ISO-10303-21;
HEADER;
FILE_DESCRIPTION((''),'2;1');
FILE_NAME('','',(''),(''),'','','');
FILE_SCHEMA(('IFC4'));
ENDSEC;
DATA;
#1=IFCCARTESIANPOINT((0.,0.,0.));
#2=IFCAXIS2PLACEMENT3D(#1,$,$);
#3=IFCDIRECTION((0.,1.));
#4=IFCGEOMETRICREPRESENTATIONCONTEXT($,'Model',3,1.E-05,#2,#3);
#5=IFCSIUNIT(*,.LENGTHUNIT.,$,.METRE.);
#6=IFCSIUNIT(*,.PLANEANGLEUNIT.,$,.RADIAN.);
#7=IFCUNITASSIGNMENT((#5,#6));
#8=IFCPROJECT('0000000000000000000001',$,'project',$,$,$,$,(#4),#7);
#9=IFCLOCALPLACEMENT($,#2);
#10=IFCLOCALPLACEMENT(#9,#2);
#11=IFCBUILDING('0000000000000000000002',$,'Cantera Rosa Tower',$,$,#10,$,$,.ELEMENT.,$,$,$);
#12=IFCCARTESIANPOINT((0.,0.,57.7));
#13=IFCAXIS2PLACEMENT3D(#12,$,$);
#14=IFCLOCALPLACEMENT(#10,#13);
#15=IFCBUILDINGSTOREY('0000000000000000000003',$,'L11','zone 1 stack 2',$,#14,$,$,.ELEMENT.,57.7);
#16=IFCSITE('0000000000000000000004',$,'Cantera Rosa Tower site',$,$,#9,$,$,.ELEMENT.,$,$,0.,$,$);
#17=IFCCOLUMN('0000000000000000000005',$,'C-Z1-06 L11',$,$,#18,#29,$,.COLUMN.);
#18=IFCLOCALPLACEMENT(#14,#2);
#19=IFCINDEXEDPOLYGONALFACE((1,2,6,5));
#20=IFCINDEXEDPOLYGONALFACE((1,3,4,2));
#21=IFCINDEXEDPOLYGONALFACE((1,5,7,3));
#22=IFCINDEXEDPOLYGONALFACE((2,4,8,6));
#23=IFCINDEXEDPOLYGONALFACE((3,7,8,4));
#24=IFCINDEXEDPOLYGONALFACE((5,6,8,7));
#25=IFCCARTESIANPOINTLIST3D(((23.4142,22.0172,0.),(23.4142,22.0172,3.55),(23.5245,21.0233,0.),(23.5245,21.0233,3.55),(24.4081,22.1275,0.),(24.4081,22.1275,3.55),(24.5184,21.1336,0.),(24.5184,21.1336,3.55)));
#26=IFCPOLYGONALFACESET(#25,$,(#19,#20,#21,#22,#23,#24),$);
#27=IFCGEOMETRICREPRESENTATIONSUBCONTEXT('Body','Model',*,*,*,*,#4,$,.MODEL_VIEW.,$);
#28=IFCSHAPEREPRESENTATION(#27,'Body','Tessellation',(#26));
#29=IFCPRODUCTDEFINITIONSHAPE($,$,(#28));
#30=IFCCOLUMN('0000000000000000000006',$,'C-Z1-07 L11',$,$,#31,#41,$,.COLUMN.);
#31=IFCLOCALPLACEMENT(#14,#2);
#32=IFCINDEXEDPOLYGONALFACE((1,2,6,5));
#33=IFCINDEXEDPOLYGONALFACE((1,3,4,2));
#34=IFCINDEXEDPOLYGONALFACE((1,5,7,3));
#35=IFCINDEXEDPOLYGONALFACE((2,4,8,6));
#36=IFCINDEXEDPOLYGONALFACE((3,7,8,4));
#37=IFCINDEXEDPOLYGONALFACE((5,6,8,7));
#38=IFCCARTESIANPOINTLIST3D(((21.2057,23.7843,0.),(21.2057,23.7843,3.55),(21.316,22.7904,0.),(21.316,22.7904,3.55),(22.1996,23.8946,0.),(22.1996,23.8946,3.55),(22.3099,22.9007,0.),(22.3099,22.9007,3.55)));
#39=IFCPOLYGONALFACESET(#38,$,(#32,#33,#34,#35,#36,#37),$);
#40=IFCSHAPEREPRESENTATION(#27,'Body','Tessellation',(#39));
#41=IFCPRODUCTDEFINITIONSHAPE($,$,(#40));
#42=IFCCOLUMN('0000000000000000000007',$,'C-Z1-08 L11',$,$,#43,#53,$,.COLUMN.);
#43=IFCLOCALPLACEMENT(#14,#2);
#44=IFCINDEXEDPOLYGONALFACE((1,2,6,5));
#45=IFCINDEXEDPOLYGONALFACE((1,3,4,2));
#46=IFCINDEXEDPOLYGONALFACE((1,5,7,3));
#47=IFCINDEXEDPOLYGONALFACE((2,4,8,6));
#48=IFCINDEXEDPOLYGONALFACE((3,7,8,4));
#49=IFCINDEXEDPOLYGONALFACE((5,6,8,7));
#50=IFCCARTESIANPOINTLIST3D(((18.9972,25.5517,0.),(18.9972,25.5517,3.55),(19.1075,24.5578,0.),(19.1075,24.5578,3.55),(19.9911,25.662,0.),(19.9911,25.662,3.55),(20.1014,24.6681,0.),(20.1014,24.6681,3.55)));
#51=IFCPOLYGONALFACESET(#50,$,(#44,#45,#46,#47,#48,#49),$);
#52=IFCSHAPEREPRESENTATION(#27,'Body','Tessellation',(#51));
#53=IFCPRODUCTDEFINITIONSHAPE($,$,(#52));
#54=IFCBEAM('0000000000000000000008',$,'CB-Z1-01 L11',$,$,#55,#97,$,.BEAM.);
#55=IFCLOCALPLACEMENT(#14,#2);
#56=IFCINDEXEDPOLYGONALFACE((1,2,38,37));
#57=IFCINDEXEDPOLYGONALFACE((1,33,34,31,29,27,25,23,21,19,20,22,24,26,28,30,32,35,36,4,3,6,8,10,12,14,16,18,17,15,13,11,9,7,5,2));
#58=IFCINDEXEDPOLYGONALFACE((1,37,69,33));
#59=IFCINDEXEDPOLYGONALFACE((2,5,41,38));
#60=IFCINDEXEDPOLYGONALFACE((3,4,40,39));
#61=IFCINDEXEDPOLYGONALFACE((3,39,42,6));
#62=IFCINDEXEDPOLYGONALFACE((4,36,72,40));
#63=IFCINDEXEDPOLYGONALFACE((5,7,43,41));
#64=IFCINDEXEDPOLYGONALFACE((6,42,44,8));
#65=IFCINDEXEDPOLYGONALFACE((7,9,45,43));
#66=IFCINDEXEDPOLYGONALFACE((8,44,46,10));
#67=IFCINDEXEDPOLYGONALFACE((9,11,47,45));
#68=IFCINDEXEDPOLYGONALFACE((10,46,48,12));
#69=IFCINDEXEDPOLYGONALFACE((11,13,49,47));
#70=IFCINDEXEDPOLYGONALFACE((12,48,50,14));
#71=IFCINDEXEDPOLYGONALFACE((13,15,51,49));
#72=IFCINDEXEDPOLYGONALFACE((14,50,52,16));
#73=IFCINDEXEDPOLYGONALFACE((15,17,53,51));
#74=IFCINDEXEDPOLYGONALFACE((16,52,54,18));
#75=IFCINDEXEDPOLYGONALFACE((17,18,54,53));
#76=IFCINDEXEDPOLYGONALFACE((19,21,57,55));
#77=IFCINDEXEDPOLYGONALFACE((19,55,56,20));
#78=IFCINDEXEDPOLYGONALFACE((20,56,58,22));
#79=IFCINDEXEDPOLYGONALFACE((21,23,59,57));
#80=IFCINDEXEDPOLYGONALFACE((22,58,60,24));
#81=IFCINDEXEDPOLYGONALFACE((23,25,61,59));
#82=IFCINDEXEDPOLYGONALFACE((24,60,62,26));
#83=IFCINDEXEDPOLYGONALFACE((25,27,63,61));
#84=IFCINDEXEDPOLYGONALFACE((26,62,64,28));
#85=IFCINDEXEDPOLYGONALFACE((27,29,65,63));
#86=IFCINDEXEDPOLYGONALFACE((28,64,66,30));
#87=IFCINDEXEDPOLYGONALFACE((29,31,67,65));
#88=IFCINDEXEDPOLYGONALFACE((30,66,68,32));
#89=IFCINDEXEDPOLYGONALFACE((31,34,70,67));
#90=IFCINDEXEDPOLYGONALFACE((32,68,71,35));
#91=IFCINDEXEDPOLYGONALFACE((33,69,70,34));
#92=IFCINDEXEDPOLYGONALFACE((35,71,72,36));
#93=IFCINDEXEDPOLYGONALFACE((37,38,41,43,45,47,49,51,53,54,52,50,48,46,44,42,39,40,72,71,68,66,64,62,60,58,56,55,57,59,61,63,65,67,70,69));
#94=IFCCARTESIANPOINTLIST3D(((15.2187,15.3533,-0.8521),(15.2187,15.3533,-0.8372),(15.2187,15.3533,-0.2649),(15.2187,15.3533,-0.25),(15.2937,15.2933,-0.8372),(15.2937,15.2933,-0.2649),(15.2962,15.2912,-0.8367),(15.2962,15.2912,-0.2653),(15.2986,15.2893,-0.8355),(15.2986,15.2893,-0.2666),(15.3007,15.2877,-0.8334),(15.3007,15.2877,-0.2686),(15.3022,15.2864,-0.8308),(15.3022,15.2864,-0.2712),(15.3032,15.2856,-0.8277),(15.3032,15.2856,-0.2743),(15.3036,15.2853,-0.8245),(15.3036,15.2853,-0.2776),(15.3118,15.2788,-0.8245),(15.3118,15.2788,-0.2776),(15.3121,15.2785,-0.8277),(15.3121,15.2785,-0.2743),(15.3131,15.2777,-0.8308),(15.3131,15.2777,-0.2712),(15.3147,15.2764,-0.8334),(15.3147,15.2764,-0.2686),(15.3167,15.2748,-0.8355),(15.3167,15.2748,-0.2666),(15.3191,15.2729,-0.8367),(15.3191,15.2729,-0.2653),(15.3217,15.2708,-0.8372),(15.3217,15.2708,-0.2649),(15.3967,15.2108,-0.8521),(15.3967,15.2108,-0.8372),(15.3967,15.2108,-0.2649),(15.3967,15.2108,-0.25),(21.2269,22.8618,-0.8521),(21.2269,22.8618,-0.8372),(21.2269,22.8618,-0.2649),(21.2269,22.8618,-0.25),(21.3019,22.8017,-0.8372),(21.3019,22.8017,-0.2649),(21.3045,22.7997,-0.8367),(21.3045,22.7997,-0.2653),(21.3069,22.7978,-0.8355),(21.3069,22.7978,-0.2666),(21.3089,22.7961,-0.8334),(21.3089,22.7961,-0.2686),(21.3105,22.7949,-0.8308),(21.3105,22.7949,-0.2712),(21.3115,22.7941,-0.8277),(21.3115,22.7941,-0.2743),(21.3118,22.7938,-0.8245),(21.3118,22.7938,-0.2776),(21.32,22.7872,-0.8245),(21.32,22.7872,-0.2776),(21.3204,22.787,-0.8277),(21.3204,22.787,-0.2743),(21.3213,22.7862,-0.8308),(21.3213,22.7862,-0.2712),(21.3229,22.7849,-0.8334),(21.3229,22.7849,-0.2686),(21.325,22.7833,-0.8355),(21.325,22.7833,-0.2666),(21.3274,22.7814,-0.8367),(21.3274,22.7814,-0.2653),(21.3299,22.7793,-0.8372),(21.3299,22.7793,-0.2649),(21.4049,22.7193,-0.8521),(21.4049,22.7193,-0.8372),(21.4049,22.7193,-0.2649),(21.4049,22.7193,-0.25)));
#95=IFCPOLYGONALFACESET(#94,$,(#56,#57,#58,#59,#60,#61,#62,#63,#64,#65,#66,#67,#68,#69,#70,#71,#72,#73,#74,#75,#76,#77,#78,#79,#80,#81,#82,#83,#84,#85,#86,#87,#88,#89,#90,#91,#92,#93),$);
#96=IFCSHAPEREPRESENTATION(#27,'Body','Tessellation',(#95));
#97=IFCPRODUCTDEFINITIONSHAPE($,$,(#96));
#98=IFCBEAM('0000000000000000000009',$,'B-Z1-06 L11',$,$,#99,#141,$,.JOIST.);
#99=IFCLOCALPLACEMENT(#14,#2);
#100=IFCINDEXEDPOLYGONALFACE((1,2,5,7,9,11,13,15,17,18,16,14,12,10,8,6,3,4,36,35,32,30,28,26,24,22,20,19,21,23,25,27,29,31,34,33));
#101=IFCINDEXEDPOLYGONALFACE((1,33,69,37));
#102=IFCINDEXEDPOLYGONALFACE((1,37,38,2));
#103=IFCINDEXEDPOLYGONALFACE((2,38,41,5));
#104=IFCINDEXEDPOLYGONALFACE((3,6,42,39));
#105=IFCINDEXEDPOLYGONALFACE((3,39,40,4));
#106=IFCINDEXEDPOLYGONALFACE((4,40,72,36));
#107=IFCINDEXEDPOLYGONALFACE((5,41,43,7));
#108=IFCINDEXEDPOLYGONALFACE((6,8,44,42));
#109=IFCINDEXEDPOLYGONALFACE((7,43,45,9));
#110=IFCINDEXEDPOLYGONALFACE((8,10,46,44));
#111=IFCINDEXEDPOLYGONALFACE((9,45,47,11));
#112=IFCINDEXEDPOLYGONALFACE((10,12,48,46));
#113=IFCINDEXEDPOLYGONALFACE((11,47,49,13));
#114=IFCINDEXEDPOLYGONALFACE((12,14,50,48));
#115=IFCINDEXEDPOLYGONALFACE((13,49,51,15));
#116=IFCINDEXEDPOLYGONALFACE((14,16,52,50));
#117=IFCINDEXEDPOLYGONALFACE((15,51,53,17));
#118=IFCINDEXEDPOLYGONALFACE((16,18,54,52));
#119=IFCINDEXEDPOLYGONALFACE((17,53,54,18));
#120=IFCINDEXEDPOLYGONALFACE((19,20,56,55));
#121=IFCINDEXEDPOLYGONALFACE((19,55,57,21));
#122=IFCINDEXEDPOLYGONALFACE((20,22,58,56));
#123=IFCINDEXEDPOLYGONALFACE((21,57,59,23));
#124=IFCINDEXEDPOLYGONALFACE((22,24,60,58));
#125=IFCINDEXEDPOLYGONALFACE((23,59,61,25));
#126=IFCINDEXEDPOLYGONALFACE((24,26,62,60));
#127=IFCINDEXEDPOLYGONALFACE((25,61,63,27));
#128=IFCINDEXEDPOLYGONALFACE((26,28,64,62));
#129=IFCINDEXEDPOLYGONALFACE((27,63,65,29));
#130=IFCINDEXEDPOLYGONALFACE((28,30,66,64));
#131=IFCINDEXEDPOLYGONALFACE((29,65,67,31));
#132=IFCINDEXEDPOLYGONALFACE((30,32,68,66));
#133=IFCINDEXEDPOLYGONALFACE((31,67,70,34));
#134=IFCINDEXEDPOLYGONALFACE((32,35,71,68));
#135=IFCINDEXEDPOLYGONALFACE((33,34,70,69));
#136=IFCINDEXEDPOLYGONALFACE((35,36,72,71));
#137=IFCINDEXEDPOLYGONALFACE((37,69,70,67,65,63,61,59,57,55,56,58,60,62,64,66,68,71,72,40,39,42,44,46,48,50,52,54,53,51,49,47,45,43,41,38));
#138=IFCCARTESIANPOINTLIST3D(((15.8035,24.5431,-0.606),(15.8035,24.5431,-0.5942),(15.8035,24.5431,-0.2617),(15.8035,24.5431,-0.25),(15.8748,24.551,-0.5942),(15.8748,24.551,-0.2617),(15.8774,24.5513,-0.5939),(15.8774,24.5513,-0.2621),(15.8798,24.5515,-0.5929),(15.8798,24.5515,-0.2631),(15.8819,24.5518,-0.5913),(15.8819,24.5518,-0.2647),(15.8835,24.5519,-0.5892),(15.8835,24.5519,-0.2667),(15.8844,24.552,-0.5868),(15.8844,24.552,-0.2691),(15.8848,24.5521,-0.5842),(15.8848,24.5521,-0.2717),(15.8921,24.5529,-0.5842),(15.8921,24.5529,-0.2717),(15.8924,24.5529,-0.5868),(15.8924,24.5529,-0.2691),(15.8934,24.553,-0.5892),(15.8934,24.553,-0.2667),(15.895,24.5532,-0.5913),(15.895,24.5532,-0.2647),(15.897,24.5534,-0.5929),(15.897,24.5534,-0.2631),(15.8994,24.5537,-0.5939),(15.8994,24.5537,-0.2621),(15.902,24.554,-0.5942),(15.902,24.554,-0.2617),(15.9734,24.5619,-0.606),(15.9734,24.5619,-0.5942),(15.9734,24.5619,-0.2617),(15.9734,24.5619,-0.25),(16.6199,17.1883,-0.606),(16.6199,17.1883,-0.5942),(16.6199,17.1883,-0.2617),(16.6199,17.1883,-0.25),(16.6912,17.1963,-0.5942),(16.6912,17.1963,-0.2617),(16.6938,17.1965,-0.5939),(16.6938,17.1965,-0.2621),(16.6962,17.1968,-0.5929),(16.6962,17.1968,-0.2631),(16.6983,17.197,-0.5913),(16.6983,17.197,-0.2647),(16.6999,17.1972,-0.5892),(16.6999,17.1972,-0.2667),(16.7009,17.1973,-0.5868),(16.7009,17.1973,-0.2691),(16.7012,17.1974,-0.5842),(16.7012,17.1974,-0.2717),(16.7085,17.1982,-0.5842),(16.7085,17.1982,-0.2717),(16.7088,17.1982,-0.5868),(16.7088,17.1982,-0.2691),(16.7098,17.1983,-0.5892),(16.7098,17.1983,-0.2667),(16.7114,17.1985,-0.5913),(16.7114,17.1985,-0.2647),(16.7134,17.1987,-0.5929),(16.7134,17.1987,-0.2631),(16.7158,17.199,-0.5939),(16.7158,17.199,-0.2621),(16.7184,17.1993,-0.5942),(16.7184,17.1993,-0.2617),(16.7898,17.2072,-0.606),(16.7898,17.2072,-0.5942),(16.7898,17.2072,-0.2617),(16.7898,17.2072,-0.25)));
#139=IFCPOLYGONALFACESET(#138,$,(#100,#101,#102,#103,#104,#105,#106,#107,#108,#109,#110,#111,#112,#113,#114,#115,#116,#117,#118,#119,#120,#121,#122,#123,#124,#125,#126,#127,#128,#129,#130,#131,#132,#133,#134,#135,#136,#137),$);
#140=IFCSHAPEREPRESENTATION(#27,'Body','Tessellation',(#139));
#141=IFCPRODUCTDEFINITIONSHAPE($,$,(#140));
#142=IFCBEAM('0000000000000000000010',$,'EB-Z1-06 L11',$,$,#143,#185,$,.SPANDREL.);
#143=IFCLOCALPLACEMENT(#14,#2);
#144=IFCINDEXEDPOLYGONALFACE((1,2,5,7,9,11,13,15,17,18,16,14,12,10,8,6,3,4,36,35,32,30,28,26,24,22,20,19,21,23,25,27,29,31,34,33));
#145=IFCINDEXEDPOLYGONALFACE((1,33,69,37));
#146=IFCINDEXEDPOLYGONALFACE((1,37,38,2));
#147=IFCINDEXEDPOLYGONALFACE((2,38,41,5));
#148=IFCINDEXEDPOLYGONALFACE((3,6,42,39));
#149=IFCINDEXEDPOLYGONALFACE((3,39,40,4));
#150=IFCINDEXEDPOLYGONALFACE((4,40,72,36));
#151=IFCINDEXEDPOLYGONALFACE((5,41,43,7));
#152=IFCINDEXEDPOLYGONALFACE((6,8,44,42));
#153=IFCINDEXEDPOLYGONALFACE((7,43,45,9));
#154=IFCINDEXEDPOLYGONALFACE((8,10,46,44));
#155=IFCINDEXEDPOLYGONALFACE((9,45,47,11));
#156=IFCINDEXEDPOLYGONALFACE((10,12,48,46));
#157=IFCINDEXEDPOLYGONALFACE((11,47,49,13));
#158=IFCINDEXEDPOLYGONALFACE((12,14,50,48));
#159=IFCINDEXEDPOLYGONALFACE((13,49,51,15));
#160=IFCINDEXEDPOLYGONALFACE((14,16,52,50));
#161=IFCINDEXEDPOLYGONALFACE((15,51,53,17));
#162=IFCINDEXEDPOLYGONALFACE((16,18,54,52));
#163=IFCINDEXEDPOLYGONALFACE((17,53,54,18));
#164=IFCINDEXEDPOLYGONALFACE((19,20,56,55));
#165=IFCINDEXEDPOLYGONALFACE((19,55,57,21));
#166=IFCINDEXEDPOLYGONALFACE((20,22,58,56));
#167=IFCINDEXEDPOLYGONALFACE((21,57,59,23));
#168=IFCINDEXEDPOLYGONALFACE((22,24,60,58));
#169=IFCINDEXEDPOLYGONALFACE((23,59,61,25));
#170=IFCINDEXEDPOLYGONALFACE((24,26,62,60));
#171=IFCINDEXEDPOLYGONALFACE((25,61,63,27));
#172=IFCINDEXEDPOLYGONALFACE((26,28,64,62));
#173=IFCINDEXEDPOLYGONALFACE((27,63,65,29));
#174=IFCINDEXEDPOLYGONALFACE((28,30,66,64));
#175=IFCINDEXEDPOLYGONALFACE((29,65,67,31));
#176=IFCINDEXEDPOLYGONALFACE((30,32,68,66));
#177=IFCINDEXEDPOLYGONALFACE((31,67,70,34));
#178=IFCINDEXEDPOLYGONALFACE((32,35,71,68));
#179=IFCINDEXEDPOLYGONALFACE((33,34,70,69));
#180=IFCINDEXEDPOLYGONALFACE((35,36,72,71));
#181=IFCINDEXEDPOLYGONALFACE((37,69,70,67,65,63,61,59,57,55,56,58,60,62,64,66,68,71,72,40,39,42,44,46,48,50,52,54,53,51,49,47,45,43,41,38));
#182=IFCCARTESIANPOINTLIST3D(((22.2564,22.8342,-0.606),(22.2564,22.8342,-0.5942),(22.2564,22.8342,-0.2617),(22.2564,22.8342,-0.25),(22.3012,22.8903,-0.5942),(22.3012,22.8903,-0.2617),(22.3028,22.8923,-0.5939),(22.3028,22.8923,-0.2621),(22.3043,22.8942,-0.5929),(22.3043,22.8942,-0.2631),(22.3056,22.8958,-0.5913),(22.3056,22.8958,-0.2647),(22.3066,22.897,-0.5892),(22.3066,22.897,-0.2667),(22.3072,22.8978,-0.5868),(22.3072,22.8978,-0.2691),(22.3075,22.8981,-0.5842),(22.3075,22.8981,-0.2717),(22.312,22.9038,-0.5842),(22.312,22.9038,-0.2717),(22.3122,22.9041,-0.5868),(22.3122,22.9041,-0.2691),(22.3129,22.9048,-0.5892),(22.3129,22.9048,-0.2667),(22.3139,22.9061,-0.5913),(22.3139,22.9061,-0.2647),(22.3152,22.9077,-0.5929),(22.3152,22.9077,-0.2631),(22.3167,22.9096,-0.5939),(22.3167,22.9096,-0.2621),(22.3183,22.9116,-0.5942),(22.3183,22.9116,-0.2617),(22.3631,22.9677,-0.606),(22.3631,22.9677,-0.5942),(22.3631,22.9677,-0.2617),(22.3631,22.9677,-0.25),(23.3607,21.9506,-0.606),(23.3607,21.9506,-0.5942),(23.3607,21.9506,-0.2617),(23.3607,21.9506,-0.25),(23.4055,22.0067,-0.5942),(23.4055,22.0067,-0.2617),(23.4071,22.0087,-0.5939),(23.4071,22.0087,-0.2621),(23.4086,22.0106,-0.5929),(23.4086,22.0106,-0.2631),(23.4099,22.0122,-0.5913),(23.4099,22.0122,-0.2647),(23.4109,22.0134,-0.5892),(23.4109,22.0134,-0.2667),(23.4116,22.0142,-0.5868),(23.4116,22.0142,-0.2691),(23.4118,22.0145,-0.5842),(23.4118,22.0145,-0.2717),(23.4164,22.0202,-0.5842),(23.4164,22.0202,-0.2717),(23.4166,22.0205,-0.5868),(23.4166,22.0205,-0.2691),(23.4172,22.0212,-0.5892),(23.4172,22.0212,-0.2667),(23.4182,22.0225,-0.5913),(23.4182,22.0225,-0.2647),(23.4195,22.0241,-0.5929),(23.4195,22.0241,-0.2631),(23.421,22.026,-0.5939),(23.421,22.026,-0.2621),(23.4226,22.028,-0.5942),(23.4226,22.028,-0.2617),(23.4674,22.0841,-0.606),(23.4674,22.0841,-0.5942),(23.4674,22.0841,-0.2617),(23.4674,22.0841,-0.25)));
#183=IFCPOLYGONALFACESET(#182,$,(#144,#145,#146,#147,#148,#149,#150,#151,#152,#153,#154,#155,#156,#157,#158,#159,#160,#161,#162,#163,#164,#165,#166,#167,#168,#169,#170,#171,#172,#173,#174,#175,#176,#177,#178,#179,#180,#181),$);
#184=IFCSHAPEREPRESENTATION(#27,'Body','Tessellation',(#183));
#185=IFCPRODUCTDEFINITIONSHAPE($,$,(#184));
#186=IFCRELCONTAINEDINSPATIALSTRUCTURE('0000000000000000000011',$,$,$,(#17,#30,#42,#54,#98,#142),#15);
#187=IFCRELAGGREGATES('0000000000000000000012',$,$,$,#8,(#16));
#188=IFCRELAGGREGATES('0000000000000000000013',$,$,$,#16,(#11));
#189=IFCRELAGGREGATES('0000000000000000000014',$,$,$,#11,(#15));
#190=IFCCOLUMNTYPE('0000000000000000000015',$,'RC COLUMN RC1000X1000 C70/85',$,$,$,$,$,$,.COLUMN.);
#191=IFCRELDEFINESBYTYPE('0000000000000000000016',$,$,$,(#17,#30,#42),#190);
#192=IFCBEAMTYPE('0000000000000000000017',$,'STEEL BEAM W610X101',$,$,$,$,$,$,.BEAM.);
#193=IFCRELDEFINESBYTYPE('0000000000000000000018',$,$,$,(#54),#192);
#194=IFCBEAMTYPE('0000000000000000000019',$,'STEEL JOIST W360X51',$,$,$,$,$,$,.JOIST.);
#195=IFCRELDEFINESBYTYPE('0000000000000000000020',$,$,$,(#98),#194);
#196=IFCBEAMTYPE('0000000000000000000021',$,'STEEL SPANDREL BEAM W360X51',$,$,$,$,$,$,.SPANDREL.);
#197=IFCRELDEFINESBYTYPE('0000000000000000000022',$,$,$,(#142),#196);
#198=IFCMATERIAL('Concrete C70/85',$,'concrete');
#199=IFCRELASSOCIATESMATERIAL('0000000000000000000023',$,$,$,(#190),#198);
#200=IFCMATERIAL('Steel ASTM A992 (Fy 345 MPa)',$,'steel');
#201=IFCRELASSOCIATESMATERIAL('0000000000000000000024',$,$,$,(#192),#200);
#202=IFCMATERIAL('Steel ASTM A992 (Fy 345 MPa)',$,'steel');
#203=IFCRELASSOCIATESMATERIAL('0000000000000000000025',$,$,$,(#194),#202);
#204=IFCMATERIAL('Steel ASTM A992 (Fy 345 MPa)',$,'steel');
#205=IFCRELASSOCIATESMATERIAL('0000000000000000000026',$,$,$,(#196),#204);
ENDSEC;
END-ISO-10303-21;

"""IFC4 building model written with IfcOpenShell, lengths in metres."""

from ifc_helpers import new_model, si_unit, direction, frame, origin, origin_2d, place, context, subcontext, project, spatial, rectangle, i_section, extrude, material, material_profile, profile_set, type_object, element, save


model = new_model("IFC4")

# Units and contexts
model_context = context("Model", 3, precision=1e-05, world=origin(), true_north=direction((0.0, 1.0)))
body_context = subcontext(model_context, "Body", "Model", "MODEL_VIEW")
ifc_project = project(units=[si_unit("LENGTHUNIT", "METRE"), si_unit("PLANEANGLEUNIT", "RADIAN")], contexts=[model_context])

# Site, building, storey
site_placement = place(None, origin())
site = spatial("IfcSite", under=ifc_project, at=site_placement, Name="Cantera Rosa Tower site", CompositionType="ELEMENT", RefElevation=0.0)
building_placement = place(site_placement, origin())
building = spatial("IfcBuilding", under=site, at=building_placement, Name="Cantera Rosa Tower", CompositionType="ELEMENT")
storey_placement = place(building_placement, frame((0.0, 0.0, 57.7)))
storey = spatial("IfcBuildingStorey", under=building, at=storey_placement, Name="L11", Description="zone 1 stack 2", CompositionType="ELEMENT", Elevation=57.7)

# Columns
ifc_material_1 = material(Name="Concrete C70/85", Category="concrete")
ifc_material_profile_1 = material_profile(ifc_material_1, rectangle(XDim=1.0, YDim=1.0, at=origin_2d()), Name="RC COLUMN RC1000X1000 C70/85")
ifc_profile_set_1 = profile_set([ifc_material_profile_1], Name="Concrete C70/85")
column_type = type_object("IfcColumnType", Name="RC COLUMN RC1000X1000 C70/85", PredefinedType="COLUMN", material=ifc_profile_set_1)
for number, where, z_axis, x_axis, name in (
    (1, (23.9663, 21.5754, 0.0), (0.0, 0.0, 1.0), (0.993897, 0.110313, 0.0), "C-Z1-06 L11"),
    (2, (21.7578, 23.3425, 0.0), (0.0, 0.0, 1.0), (0.993897, 0.110313, 0.0), "C-Z1-07 L11"),
    (3, (19.5493, 25.1099, 0.0), (0.0, 0.0, 1.0), (0.993897, 0.110313, 0.0), "C-Z1-08 L11"),
):
    element("IfcColumn", number, at=place(storey_placement, frame(where, z_axis=z_axis, x_axis=x_axis)), inside=storey, type_object=column_type, Name=name, PredefinedType="COLUMN", context=body_context, shape_type="SweptSolid", body=[
        extrude(rectangle(XDim=1.0, YDim=1.0, at=origin_2d()), origin(), (0.0, 0.0, 1.0), 3.55),
    ])

# Beams
ifc_material_2 = material(Name="Steel ASTM A992 (Fy 345 MPa)", Category="steel")
ifc_material_profile_2 = material_profile(ifc_material_2, i_section(OverallWidth=0.228, OverallDepth=0.6021, WebThickness=0.0105, FlangeThickness=0.0149, FilletRadius=0.0127, at=origin_2d()), Name="W610X101")
ifc_profile_set_2 = profile_set([ifc_material_profile_2], Name="Steel ASTM A992 (Fy 345 MPa)")
beam_type_1 = type_object("IfcBeamType", Name="STEEL BEAM W610X101", PredefinedType="BEAM", material=ifc_profile_set_2)
beam_1_placement = place(storey_placement, frame((21.3159, 22.7905, -0.551), z_axis=(-0.624788, -0.780794, 0.0), x_axis=(0.780794, -0.624788, 0.0)))
element("IfcBeam", 4, at=beam_1_placement, inside=storey, type_object=beam_type_1, Name="CB-Z1-01 L11", PredefinedType="BEAM", context=body_context, shape_type="SweptSolid", body=[
    extrude(i_section(OverallWidth=0.228, OverallDepth=0.6021, WebThickness=0.0105, FlangeThickness=0.0149, FilletRadius=0.0127, at=origin_2d()), origin(), (0.0, 0.0, 1.0), 9.6165),
])
ifc_material_3 = material(Name="Steel ASTM A992 (Fy 345 MPa)", Category="steel")
ifc_material_profile_3 = material_profile(ifc_material_3, i_section(OverallWidth=0.1709, OverallDepth=0.356, WebThickness=0.0073, FlangeThickness=0.0117, FilletRadius=0.01, at=origin_2d()), Name="W360X51")
ifc_profile_set_3 = profile_set([ifc_material_profile_3], Name="Steel ASTM A992 (Fy 345 MPa)")
beam_type_2 = type_object("IfcBeamType", Name="STEEL JOIST W360X51", PredefinedType="JOIST", material=ifc_profile_set_3)
beam_2_placement = place(storey_placement, frame((15.8884, 24.5525, -0.428), z_axis=(0.110327, -0.993895, 0.0), x_axis=(0.993895, 0.110327, 0.0)))
element("IfcBeam", 5, at=beam_2_placement, inside=storey, type_object=beam_type_2, Name="B-Z1-06 L11", PredefinedType="JOIST", context=body_context, shape_type="SweptSolid", body=[
    extrude(i_section(OverallWidth=0.1709, OverallDepth=0.356, WebThickness=0.0073, FlangeThickness=0.0117, FilletRadius=0.01, at=origin_2d()), origin(), (0.0, 0.0, 1.0), 7.3999),
])
ifc_material_4 = material(Name="Steel ASTM A992 (Fy 345 MPa)", Category="steel")
ifc_material_profile_4 = material_profile(ifc_material_4, i_section(OverallWidth=0.1709, OverallDepth=0.356, WebThickness=0.0073, FlangeThickness=0.0117, FilletRadius=0.01, at=origin_2d()), Name="W360X51")
ifc_profile_set_4 = profile_set([ifc_material_profile_4], Name="Steel ASTM A992 (Fy 345 MPa)")
beam_type_3 = type_object("IfcBeamType", Name="STEEL SPANDREL BEAM W360X51", PredefinedType="SPANDREL", material=ifc_profile_set_4)
for number, where, z_axis, x_axis, name in (
    (6, (23.4141, 22.0173, -0.428), (-0.780818, 0.624758, 0.0), (-0.624758, -0.780818, 0.0), "EB-Z1-06 L11"),
):
    element("IfcBeam", number, at=place(storey_placement, frame(where, z_axis=z_axis, x_axis=x_axis)), inside=storey, type_object=beam_type_3, Name=name, PredefinedType="SPANDREL", context=body_context, shape_type="SweptSolid", body=[
        extrude(i_section(OverallWidth=0.1709, OverallDepth=0.356, WebThickness=0.0073, FlangeThickness=0.0117, FilletRadius=0.01, at=origin_2d()), origin(), (0.0, 0.0, 1.0), 1.4143),
    ])

save(model, "model.ifc")
